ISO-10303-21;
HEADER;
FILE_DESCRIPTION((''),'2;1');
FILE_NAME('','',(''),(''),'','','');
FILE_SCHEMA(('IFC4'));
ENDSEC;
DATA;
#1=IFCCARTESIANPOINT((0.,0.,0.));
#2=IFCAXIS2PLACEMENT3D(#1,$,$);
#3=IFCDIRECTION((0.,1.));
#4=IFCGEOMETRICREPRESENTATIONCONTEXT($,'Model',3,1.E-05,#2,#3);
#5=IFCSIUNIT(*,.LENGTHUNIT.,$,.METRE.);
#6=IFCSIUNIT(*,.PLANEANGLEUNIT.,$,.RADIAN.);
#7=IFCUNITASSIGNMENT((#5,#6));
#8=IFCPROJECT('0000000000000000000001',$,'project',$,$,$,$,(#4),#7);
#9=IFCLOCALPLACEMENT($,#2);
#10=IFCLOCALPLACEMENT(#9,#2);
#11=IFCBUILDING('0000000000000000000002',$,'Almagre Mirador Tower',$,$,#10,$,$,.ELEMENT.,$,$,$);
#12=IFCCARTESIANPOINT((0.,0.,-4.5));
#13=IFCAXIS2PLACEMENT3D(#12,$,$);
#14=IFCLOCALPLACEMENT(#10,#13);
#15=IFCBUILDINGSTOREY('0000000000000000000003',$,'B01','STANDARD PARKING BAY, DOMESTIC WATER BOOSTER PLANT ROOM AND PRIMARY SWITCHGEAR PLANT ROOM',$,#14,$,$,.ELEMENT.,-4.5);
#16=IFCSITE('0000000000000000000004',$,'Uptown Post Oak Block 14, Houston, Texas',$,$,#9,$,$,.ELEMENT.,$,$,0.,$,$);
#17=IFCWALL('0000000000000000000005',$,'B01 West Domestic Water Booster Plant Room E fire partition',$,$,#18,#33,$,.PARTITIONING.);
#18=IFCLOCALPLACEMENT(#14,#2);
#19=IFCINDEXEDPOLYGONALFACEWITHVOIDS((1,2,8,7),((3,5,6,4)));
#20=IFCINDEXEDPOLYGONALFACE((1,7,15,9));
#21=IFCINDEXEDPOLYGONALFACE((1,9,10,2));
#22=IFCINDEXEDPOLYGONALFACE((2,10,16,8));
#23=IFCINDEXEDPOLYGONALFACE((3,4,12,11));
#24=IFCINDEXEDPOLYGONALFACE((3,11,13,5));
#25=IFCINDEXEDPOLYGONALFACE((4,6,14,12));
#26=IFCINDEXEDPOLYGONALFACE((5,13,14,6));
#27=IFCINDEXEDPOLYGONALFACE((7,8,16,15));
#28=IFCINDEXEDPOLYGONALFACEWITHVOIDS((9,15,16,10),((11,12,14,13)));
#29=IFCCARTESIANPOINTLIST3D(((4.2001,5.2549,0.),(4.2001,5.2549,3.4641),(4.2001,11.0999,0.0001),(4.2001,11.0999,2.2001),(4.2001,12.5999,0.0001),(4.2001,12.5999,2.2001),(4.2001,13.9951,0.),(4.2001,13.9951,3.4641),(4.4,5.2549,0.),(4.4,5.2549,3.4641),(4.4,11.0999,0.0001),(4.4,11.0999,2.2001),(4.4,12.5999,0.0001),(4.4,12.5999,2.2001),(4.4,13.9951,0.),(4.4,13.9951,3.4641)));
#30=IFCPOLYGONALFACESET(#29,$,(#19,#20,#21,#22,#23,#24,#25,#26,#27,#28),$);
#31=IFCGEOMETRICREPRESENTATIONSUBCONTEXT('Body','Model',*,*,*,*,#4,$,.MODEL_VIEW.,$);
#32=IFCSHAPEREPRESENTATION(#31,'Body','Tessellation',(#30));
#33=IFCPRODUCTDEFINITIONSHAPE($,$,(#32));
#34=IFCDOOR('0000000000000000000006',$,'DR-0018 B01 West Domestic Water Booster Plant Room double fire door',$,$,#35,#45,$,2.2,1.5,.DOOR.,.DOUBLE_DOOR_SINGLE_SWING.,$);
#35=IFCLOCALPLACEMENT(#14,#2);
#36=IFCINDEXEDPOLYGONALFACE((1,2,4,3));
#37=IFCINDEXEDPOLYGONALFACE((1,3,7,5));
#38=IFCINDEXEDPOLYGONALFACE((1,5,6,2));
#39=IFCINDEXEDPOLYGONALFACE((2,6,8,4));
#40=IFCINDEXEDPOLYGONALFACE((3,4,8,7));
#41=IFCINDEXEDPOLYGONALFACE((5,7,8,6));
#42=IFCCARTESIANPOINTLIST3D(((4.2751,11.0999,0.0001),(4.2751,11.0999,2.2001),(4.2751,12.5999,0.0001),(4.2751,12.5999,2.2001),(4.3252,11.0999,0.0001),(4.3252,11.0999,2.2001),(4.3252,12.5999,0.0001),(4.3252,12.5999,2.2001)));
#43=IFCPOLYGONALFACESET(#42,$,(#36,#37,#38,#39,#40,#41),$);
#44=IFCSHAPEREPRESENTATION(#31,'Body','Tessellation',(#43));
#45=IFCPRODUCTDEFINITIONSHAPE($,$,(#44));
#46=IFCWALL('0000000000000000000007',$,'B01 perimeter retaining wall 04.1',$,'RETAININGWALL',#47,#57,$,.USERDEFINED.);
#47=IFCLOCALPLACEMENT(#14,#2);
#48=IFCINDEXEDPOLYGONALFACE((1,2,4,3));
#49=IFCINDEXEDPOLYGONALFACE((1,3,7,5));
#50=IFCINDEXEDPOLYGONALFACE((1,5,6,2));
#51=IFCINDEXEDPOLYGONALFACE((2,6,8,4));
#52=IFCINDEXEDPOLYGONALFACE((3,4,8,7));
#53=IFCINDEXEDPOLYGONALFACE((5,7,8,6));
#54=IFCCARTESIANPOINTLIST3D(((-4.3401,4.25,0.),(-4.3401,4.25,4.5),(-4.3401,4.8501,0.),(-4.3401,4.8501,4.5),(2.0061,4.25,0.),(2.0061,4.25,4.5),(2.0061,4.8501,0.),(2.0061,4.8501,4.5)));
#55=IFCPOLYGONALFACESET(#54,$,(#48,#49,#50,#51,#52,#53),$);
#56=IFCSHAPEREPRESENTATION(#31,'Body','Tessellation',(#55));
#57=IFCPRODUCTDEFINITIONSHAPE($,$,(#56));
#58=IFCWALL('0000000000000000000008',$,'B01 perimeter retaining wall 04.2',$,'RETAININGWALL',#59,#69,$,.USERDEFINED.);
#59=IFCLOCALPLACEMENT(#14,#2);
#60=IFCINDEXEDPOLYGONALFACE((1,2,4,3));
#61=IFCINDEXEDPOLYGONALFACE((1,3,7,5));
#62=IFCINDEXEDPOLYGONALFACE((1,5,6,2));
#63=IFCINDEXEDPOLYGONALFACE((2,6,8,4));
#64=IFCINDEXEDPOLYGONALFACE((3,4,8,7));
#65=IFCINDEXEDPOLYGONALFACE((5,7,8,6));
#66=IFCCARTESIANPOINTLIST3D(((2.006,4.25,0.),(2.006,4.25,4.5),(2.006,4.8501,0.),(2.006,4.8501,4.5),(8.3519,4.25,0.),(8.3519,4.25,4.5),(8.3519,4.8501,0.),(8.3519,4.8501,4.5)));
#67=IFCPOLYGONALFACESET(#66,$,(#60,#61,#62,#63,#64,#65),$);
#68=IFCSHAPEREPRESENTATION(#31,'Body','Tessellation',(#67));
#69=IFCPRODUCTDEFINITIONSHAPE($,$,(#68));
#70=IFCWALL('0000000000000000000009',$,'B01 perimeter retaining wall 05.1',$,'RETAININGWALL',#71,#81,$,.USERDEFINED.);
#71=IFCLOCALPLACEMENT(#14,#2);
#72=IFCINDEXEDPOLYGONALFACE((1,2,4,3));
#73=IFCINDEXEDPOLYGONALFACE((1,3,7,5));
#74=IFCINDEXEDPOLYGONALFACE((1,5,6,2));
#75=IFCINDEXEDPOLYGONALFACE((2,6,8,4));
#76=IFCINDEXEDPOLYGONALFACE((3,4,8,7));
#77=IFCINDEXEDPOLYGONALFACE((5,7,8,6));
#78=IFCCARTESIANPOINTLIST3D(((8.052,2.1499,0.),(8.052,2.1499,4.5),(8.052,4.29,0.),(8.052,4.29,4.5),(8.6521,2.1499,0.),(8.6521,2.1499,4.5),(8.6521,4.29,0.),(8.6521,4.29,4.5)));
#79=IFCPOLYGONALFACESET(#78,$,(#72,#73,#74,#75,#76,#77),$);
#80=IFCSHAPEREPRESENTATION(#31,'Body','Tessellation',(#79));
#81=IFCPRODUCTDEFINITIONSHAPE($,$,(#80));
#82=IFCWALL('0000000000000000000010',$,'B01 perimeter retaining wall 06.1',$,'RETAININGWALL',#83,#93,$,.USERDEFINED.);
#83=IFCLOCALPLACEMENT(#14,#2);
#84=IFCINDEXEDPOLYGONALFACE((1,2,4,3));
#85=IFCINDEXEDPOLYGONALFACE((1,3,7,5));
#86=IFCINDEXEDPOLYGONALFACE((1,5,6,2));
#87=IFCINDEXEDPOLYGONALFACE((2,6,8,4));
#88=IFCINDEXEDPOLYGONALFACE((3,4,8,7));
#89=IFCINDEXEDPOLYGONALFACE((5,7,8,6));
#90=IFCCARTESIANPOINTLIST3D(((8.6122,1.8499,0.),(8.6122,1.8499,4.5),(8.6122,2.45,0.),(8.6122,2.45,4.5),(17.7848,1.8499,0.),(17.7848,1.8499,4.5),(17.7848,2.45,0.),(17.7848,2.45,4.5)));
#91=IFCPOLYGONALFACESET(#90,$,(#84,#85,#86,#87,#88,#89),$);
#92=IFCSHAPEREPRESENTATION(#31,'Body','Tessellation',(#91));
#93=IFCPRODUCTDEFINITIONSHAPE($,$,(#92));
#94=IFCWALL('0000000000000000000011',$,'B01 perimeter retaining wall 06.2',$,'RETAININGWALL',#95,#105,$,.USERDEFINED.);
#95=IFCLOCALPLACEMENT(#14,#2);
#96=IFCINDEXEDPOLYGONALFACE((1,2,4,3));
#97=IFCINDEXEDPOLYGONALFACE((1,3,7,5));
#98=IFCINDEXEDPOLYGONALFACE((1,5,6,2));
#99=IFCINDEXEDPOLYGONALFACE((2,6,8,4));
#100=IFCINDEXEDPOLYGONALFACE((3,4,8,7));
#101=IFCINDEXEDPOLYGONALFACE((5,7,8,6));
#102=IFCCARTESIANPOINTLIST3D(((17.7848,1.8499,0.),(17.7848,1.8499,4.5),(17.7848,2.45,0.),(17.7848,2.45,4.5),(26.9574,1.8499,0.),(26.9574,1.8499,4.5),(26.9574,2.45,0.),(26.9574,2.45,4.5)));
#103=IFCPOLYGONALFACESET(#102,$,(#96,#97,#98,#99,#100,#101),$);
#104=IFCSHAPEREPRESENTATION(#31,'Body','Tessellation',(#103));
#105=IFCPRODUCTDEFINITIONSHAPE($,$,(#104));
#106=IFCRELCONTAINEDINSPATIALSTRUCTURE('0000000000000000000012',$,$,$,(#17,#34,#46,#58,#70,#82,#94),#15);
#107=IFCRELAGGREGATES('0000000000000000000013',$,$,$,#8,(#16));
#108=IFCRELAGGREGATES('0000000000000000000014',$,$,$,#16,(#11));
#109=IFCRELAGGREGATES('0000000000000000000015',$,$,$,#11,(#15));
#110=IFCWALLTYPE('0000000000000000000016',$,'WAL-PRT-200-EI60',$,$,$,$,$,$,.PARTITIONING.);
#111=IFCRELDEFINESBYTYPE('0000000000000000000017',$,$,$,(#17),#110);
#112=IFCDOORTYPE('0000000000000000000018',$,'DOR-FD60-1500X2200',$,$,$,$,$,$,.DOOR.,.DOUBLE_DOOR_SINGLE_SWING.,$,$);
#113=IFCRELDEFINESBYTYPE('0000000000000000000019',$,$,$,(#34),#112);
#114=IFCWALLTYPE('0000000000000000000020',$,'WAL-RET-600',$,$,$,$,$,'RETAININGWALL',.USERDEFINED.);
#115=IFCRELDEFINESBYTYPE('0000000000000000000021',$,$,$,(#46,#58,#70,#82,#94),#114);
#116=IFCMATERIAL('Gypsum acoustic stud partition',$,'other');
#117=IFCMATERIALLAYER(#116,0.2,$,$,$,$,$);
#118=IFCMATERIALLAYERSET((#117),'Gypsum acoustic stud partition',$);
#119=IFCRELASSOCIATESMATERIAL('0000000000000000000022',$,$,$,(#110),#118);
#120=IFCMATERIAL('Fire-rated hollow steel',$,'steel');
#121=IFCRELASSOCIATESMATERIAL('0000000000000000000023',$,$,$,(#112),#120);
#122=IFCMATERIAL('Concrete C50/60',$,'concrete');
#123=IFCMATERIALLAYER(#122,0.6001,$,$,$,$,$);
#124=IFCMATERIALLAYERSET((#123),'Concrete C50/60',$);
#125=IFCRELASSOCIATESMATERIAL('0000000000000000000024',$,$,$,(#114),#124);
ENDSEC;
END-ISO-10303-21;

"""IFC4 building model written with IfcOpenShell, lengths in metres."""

from ifc_helpers import new_model, si_unit, direction, frame, frame_2d, origin, place, context, subcontext, project, spatial, rectangle, extrude, material, layer, layer_set, type_object, element, fill, save


model = new_model("IFC4")

# Units and contexts
model_context = context("Model", 3, precision=1e-05, world=origin(), true_north=direction((0.0, 1.0)))
body_context = subcontext(model_context, "Body", "Model", "MODEL_VIEW")
ifc_project = project(units=[si_unit("LENGTHUNIT", "METRE"), si_unit("PLANEANGLEUNIT", "RADIAN")], contexts=[model_context])

# Site, building, storey
site_placement = place(None, origin())
site = spatial("IfcSite", under=ifc_project, at=site_placement, Name="Uptown Post Oak Block 14, Houston, Texas", CompositionType="ELEMENT", RefElevation=0.0)
building_placement = place(site_placement, origin())
building = spatial("IfcBuilding", under=site, at=building_placement, Name="Almagre Mirador Tower", CompositionType="ELEMENT")
storey_placement = place(building_placement, frame((0.0, 0.0, -4.5)))
storey = spatial("IfcBuildingStorey", under=building, at=storey_placement, Name="B01", Description="STANDARD PARKING BAY, DOMESTIC WATER BOOSTER PLANT ROOM AND PRIMARY SWITCHGEAR PLANT ROOM", CompositionType="ELEMENT", Elevation=-4.5)

# Shared definitions
ifc_material_1 = material(Name="Gypsum acoustic stud partition", Category="other")
ifc_layer_1 = layer(ifc_material_1, 0.2)
ifc_layer_set_1 = layer_set([ifc_layer_1], Name="Gypsum acoustic stud partition")
wall_type_1 = type_object("IfcWallType", Name="WAL-PRT-200-EI60", PredefinedType="PARTITIONING", material=ifc_layer_set_1)

# Wall, opening, door
wall_1_placement = place(storey_placement, frame((4.3, 5.2549, 0.0), z_axis=(0.0, 0.0, 1.0), x_axis=(0.0, 1.0, 0.0)))
wall_1 = element("IfcWall", 1, at=wall_1_placement, inside=storey, type_object=wall_type_1, Name="B01 West Domestic Water Booster Plant Room E fire partition", PredefinedType="PARTITIONING", context=body_context, shape_type="SweptSolid", body=[
    extrude(rectangle(XDim=8.7402, YDim=0.2, at=frame_2d((4.3701, 0.0))), origin(), (0.0, 0.0, 1.0), 3.4641),
])
opening_placement = place(wall_1_placement, frame((5.845, 0.0, 0.0)))
opening = element("IfcOpeningElement", 2, at=opening_placement, cuts=wall_1, PredefinedType="OPENING", context=body_context, shape_type="SweptSolid", body=[
    extrude(rectangle(XDim=1.5, YDim=2.2, at=frame_2d((0.75, 1.1001))), frame((0.0, 0.1101, 0.0), z_axis=(0.0, -1.0, 0.0), x_axis=(1.0, 0.0, 0.0)), (0.0, 0.0, 1.0), 0.22),
])
ifc_material_2 = material(Name="Fire-rated hollow steel", Category="steel")
door_type = type_object("IfcDoorType", Name="DOR-FD60-1500X2200", OperationType="DOUBLE_DOOR_SINGLE_SWING", PredefinedType="DOOR", material=ifc_material_2)
door_placement = place(opening_placement, origin())
door = element("IfcDoor", 3, at=door_placement, inside=storey, type_object=door_type, Name="DR-0018 B01 West Domestic Water Booster Plant Room double fire door", OperationType="DOUBLE_DOOR_SINGLE_SWING", OverallHeight=2.2, OverallWidth=1.5, PredefinedType="DOOR", context=body_context, shape_type="SweptSolid", body=[
    extrude(rectangle(XDim=1.5, YDim=2.2, at=frame_2d((0.75, 1.1001))), frame((0.0, 0.0249, 0.0), z_axis=(0.0, -1.0, 0.0), x_axis=(1.0, 0.0, 0.0)), (0.0, 0.0, 1.0), 0.05),
])
fill(opening, door)

# Walls
ifc_material_3 = material(Name="Concrete C50/60", Category="concrete")
ifc_layer_2 = layer(ifc_material_3, 0.6001)
ifc_layer_set_2 = layer_set([ifc_layer_2], Name="Concrete C50/60")
wall_type_2 = type_object("IfcWallType", Name="WAL-RET-600", ElementType="RETAININGWALL", PredefinedType="USERDEFINED", material=ifc_layer_set_2)
wall_2_placement = place(storey_placement, frame((-4.3401, 4.55, 0.0), z_axis=(0.0, 0.0, 1.0), x_axis=(1.0, 0.0, 0.0)))
element("IfcWall", 4, at=wall_2_placement, inside=storey, type_object=wall_type_2, Name="B01 perimeter retaining wall 04.1", ObjectType="RETAININGWALL", PredefinedType="USERDEFINED", context=body_context, shape_type="SweptSolid", body=[
    extrude(rectangle(XDim=6.3462, YDim=0.6001, at=frame_2d((3.1731, 0.0))), origin(), (0.0, 0.0, 1.0), 4.5),
])
wall_3_placement = place(storey_placement, frame((2.0061, 4.55, 0.0), z_axis=(0.0, 0.0, 1.0), x_axis=(1.0, 0.0, 0.0)))
element("IfcWall", 5, at=wall_3_placement, inside=storey, type_object=wall_type_2, Name="B01 perimeter retaining wall 04.2", ObjectType="RETAININGWALL", PredefinedType="USERDEFINED", context=body_context, shape_type="SweptSolid", body=[
    extrude(rectangle(XDim=6.3459, YDim=0.6001, at=frame_2d((3.1729, 0.0))), origin(), (0.0, 0.0, 1.0), 4.5),
])
wall_4_placement = place(storey_placement, frame((8.3521, 4.29, 0.0), z_axis=(0.0, 0.0, 1.0), x_axis=(0.0, -1.0, 0.0)))
element("IfcWall", 6, at=wall_4_placement, inside=storey, type_object=wall_type_2, Name="B01 perimeter retaining wall 05.1", ObjectType="RETAININGWALL", PredefinedType="USERDEFINED", context=body_context, shape_type="SweptSolid", body=[
    extrude(rectangle(XDim=2.1401, YDim=0.6001, at=frame_2d((1.0701, 0.0))), origin(), (0.0, 0.0, 1.0), 4.5),
])
for number, where, z_axis, x_axis, name in (
    (7, (8.6121, 2.1499, 0.0), (0.0, 0.0, 1.0), (1.0, 0.0, 0.0), "B01 perimeter retaining wall 06.1"),
    (8, (17.7847, 2.1499, 0.0), (0.0, 0.0, 1.0), (1.0, 0.0, 0.0), "B01 perimeter retaining wall 06.2"),
):
    element("IfcWall", number, at=place(storey_placement, frame(where, z_axis=z_axis, x_axis=x_axis)), inside=storey, type_object=wall_type_2, Name=name, ObjectType="RETAININGWALL", PredefinedType="USERDEFINED", context=body_context, shape_type="SweptSolid", body=[
        extrude(rectangle(XDim=9.1726, YDim=0.6001, at=frame_2d((4.5864, 0.0))), origin(), (0.0, 0.0, 1.0), 4.5),
    ])

save(model, "model.ifc")
